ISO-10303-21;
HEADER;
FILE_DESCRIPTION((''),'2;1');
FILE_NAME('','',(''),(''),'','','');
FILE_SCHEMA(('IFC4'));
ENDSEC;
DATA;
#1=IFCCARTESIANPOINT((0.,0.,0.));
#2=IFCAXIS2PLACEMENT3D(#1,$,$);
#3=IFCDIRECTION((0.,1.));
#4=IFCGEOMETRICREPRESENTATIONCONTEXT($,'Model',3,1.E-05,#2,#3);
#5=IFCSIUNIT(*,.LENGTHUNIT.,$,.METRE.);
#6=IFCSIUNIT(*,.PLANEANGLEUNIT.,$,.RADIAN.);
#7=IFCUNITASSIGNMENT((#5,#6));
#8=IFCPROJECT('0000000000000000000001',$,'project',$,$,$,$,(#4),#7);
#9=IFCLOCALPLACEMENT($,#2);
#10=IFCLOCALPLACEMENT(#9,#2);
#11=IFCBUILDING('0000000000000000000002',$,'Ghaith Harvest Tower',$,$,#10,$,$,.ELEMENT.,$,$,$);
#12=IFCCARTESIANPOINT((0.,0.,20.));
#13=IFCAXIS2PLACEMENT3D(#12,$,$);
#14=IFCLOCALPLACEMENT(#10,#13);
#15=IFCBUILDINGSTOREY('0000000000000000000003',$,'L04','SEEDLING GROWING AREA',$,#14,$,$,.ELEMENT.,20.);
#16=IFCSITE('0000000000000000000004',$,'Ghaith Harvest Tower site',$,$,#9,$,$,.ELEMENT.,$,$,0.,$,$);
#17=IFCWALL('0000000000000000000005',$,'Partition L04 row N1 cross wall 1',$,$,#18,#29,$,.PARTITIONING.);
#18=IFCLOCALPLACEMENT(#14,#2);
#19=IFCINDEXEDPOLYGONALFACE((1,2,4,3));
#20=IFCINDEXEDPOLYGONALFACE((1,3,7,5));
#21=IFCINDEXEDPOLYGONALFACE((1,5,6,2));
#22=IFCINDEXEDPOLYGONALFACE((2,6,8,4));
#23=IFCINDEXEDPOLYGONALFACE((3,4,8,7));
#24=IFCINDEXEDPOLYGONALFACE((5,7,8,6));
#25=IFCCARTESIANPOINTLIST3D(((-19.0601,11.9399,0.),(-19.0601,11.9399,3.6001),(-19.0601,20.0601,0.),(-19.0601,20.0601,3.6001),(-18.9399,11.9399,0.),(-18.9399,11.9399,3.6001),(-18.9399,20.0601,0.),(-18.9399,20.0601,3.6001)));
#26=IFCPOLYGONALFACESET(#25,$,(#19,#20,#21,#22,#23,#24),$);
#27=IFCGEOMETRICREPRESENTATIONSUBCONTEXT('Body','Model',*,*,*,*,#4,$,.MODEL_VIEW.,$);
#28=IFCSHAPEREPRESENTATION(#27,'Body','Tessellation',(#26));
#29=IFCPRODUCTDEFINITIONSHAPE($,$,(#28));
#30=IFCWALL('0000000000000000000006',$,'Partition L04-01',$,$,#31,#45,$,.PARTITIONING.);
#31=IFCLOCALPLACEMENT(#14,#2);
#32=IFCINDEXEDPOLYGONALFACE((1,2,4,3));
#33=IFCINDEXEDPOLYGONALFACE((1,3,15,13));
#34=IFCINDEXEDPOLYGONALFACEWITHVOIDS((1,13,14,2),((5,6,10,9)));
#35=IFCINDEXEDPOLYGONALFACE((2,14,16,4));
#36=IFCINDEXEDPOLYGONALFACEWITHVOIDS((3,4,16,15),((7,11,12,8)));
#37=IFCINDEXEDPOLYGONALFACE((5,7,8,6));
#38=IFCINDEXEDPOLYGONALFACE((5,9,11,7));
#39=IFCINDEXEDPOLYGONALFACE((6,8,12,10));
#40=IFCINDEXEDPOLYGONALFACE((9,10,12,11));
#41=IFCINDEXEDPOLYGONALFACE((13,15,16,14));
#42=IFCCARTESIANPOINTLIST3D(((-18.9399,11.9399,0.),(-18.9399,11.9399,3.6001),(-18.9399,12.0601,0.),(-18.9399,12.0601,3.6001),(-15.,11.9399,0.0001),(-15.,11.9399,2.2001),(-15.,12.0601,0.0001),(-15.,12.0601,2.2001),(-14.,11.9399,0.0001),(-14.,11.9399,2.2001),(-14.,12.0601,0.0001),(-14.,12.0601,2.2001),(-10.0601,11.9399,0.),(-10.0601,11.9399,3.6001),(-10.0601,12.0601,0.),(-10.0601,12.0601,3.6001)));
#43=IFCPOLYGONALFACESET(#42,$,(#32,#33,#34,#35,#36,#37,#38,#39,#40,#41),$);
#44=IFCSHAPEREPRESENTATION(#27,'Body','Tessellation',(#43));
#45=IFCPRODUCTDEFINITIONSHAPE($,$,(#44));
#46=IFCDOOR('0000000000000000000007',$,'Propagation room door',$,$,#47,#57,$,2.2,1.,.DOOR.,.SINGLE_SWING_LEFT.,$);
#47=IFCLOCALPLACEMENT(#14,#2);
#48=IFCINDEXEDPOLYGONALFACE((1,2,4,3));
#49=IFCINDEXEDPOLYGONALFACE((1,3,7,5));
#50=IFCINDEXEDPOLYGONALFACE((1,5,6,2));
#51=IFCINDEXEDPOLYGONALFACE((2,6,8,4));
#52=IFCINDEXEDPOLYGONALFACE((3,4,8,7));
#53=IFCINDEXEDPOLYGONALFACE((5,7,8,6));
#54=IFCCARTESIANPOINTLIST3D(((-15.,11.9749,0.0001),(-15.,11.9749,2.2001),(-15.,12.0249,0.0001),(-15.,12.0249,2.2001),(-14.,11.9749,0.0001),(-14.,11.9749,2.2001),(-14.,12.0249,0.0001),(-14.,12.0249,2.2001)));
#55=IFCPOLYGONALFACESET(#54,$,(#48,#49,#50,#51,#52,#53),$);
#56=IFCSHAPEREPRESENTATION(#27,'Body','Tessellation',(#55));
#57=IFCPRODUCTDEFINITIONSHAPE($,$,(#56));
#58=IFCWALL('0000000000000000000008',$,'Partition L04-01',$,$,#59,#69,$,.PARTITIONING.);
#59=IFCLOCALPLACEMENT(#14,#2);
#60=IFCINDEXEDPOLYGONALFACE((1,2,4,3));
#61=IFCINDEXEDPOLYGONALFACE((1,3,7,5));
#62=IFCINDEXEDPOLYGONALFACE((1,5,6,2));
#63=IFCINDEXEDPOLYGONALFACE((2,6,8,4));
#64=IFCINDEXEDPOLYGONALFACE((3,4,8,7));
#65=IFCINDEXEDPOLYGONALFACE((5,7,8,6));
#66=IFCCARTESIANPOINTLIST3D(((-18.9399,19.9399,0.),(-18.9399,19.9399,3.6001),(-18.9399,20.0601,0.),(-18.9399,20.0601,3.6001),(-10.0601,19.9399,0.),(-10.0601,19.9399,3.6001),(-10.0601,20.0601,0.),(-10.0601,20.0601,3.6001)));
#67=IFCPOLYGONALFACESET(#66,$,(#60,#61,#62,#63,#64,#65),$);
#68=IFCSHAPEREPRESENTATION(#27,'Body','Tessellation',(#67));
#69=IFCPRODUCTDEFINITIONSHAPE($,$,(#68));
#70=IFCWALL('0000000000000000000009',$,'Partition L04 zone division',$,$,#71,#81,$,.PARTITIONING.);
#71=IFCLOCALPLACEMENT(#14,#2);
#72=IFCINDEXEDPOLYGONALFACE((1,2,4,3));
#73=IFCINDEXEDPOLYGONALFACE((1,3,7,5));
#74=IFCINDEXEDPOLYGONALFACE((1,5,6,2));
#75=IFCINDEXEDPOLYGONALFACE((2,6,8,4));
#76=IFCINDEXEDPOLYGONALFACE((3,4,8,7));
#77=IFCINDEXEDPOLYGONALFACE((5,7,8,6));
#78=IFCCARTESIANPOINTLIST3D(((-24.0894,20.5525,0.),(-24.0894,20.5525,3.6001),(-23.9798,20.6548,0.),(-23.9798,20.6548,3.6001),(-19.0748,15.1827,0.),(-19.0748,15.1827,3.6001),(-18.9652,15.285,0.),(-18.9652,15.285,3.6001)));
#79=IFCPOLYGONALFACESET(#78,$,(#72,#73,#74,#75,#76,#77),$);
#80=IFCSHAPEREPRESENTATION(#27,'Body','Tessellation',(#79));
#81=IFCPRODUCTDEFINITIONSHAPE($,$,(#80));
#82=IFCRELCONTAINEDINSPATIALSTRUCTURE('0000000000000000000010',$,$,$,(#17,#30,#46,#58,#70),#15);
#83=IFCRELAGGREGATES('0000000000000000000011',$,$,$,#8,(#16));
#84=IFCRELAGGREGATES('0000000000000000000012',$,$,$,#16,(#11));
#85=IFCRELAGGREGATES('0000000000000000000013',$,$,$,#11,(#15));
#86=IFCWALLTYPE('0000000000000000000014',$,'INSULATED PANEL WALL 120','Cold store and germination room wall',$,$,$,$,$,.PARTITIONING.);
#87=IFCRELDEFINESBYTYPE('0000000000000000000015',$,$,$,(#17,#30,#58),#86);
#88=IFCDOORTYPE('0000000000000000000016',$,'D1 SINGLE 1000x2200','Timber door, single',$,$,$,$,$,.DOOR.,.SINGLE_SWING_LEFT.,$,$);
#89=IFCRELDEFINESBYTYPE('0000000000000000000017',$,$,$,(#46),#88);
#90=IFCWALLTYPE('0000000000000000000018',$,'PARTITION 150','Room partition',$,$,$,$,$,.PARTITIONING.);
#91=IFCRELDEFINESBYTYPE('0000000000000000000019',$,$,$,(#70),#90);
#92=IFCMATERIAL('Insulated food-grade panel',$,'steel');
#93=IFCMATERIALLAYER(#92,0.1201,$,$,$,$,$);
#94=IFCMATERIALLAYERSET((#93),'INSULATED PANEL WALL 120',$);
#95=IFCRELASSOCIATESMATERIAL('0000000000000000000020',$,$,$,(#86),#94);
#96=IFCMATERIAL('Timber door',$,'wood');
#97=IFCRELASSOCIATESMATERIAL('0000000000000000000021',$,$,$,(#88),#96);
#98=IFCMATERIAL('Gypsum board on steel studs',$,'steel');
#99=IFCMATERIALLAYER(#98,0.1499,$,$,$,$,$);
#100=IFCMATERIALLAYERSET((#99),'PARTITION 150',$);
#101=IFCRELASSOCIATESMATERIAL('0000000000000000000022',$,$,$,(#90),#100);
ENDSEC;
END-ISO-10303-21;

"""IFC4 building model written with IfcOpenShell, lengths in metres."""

from ifc_helpers import new_model, si_unit, direction, frame, frame_2d, origin, place, context, subcontext, project, spatial, rectangle, extrude, material, layer, layer_set, type_object, element, fill, save


model = new_model("IFC4")

# Units and contexts
model_context = context("Model", 3, precision=1e-05, world=origin(), true_north=direction((0.0, 1.0)))
body_context = subcontext(model_context, "Body", "Model", "MODEL_VIEW")
ifc_project = project(units=[si_unit("LENGTHUNIT", "METRE"), si_unit("PLANEANGLEUNIT", "RADIAN")], contexts=[model_context])

# Site, building, storey
site_placement = place(None, origin())
site = spatial("IfcSite", under=ifc_project, at=site_placement, Name="Ghaith Harvest Tower site", CompositionType="ELEMENT", RefElevation=0.0)
building_placement = place(site_placement, origin())
building = spatial("IfcBuilding", under=site, at=building_placement, Name="Ghaith Harvest Tower", CompositionType="ELEMENT")
storey_placement = place(building_placement, frame((0.0, 0.0, 20.0)))
storey = spatial("IfcBuildingStorey", under=building, at=storey_placement, Name="L04", Description="SEEDLING GROWING AREA", CompositionType="ELEMENT", Elevation=20.0)

# Wall
ifc_material_1 = material(Name="Insulated food-grade panel", Category="steel")
ifc_layer_1 = layer(ifc_material_1, 0.1201)
ifc_layer_set_1 = layer_set([ifc_layer_1], Name="INSULATED PANEL WALL 120")
wall_type_1 = type_object("IfcWallType", Name="INSULATED PANEL WALL 120", Description="Cold store and germination room wall", PredefinedType="PARTITIONING", material=ifc_layer_set_1)
wall_1_placement = place(storey_placement, frame((-19.0, 11.9399, 0.0), z_axis=(0.0, 0.0, 1.0), x_axis=(0.0, 1.0, 0.0)))
element("IfcWall", 1, at=wall_1_placement, inside=storey, type_object=wall_type_1, Name="Partition L04 row N1 cross wall 1", PredefinedType="PARTITIONING", context=body_context, shape_type="SweptSolid", body=[
    extrude(rectangle(XDim=8.1201, YDim=0.1201, at=frame_2d((4.0601, 0.0))), origin(), (0.0, 0.0, 1.0), 3.6001),
])

# Wall, opening, door
wall_2_placement = place(storey_placement, frame((-18.9399, 12.0, 0.0), z_axis=(0.0, 0.0, 1.0), x_axis=(1.0, 0.0, 0.0)))
wall_2 = element("IfcWall", 2, at=wall_2_placement, inside=storey, type_object=wall_type_1, Name="Partition L04-01", PredefinedType="PARTITIONING", context=body_context, shape_type="SweptSolid", body=[
    extrude(rectangle(XDim=8.8799, YDim=0.1201, at=frame_2d((4.4399, 0.0))), origin(), (0.0, 0.0, 1.0), 3.6001),
])
opening_placement = place(wall_2_placement, frame((3.9399, 0.0, 0.0)))
opening = element("IfcOpeningElement", 3, at=opening_placement, cuts=wall_2, PredefinedType="OPENING", context=body_context, shape_type="SweptSolid", body=[
    extrude(rectangle(XDim=1.0, YDim=2.2, at=frame_2d((0.5, 1.1001))), frame((0.0, 0.0701, 0.0), z_axis=(0.0, -1.0, 0.0), x_axis=(1.0, 0.0, 0.0)), (0.0, 0.0, 1.0), 0.1401),
])
ifc_material_2 = material(Name="Timber door", Category="wood")
door_type = type_object("IfcDoorType", Name="D1 SINGLE 1000x2200", Description="Timber door, single", OperationType="SINGLE_SWING_LEFT", PredefinedType="DOOR", material=ifc_material_2)
door_placement = place(opening_placement, origin())
door = element("IfcDoor", 4, at=door_placement, inside=storey, type_object=door_type, Name="Propagation room door", OperationType="SINGLE_SWING_LEFT", OverallHeight=2.2, OverallWidth=1.0, PredefinedType="DOOR", context=body_context, shape_type="SweptSolid", body=[
    extrude(rectangle(XDim=1.0, YDim=2.2, at=frame_2d((0.5, 1.1001))), frame((0.0, 0.0249, 0.0), z_axis=(0.0, -1.0, 0.0), x_axis=(1.0, 0.0, 0.0)), (0.0, 0.0, 1.0), 0.05),
])
fill(opening, door)

# Walls
wall_3_placement = place(storey_placement, frame((-18.9399, 20.0, 0.0), z_axis=(0.0, 0.0, 1.0), x_axis=(1.0, 0.0, 0.0)))
element("IfcWall", 5, at=wall_3_placement, inside=storey, type_object=wall_type_1, Name="Partition L04-01", PredefinedType="PARTITIONING", context=body_context, shape_type="SweptSolid", body=[
    extrude(rectangle(XDim=8.8799, YDim=0.1201, at=frame_2d((4.4399, 0.0))), origin(), (0.0, 0.0, 1.0), 3.6001),
])
ifc_material_3 = material(Name="Gypsum board on steel studs", Category="steel")
ifc_layer_2 = layer(ifc_material_3, 0.1499)
ifc_layer_set_2 = layer_set([ifc_layer_2], Name="PARTITION 150")
wall_type_2 = type_object("IfcWallType", Name="PARTITION 150", Description="Room partition", PredefinedType="PARTITIONING", material=ifc_layer_set_2)
wall_4_placement = place(storey_placement, frame((-19.02, 15.2339, 0.0), z_axis=(0.0, 0.0, 1.0), x_axis=(-0.682519, 0.730867, 0.0)))
element("IfcWall", 6, at=wall_4_placement, inside=storey, type_object=wall_type_2, Name="Partition L04 zone division", PredefinedType="PARTITIONING", context=body_context, shape_type="SweptSolid", body=[
    extrude(rectangle(XDim=7.3472, YDim=0.1499, at=frame_2d((3.6736, 0.0))), origin(), (0.0, 0.0, 1.0), 3.6001),
])

save(model, "model.ifc")
